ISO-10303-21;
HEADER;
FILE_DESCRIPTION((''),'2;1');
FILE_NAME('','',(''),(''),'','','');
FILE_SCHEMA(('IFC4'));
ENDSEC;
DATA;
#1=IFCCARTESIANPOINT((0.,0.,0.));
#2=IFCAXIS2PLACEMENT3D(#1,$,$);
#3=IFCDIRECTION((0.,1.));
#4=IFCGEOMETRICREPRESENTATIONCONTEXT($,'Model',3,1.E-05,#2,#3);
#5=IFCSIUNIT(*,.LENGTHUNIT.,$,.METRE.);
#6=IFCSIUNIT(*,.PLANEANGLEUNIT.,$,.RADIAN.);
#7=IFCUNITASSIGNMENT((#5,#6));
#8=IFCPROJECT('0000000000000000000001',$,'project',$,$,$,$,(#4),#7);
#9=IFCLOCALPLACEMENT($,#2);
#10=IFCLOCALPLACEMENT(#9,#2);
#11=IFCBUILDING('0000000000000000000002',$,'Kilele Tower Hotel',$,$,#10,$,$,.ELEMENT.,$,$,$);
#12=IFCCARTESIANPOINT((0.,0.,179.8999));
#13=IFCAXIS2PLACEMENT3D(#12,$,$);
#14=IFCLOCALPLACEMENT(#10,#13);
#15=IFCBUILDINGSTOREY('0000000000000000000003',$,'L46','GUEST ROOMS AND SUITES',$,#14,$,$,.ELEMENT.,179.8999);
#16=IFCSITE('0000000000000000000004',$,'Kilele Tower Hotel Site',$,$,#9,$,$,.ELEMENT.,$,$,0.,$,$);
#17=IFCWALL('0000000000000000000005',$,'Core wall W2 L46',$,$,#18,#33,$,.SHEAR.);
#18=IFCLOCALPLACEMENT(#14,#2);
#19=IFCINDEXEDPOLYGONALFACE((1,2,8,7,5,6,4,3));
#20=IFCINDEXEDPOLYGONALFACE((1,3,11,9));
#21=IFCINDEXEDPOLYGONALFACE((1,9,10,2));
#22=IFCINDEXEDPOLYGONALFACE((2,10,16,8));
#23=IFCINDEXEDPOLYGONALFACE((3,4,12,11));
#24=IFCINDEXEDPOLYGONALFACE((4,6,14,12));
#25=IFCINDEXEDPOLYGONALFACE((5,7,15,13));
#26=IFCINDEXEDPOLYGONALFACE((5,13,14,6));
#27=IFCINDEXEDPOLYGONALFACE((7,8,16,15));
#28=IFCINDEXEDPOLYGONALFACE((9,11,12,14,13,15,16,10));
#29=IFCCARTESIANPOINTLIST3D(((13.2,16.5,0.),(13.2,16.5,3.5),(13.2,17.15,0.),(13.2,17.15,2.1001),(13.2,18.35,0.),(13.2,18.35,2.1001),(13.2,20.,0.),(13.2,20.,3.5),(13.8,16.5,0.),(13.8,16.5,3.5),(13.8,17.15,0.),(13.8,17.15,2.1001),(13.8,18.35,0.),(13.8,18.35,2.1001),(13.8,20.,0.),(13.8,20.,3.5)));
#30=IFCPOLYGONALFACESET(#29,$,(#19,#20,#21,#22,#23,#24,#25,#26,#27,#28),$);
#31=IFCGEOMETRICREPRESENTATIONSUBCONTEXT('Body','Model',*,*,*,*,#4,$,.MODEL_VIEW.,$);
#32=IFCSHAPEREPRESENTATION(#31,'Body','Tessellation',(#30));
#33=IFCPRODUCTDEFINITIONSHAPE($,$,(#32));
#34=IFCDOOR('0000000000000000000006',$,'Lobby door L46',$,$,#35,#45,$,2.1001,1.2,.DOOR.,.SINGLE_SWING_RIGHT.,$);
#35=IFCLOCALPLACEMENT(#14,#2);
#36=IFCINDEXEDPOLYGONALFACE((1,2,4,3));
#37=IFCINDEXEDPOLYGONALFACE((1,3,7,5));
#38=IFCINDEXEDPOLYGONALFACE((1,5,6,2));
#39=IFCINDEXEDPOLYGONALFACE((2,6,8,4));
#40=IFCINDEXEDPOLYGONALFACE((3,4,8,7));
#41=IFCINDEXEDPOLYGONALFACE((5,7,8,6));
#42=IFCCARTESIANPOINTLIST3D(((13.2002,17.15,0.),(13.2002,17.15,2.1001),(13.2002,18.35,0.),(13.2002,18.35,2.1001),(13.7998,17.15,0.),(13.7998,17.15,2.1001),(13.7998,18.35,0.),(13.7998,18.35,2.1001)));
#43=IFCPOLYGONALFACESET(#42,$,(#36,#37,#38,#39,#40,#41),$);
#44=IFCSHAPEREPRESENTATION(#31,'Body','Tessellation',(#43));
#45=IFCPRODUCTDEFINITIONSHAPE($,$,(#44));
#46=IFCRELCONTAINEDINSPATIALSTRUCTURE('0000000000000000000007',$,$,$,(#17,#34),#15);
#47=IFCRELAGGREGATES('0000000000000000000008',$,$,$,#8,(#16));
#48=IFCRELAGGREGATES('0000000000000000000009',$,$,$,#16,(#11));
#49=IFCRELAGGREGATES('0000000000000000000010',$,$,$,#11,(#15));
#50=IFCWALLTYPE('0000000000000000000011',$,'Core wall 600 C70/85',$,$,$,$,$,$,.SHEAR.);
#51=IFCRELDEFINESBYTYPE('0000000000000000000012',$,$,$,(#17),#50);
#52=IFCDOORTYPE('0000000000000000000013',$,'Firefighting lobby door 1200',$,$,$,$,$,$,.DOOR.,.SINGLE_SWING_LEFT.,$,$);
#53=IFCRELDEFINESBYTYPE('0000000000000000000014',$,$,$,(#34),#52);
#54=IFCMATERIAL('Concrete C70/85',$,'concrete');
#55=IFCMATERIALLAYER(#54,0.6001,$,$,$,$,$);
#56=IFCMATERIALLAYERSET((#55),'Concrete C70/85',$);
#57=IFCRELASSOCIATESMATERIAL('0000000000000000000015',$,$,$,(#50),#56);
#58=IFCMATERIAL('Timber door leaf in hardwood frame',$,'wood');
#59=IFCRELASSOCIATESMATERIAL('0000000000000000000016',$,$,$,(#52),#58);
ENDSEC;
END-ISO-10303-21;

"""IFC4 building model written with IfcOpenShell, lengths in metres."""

from ifc_helpers import new_model, si_unit, direction, frame, frame_2d, origin, place, context, subcontext, project, spatial, rectangle, extrude, material, layer, layer_set, type_object, element, fill, save


model = new_model("IFC4")

# Units and contexts
model_context = context("Model", 3, precision=1e-05, world=origin(), true_north=direction((0.0, 1.0)))
body_context = subcontext(model_context, "Body", "Model", "MODEL_VIEW")
ifc_project = project(units=[si_unit("LENGTHUNIT", "METRE"), si_unit("PLANEANGLEUNIT", "RADIAN")], contexts=[model_context])

# Site, building, storey
site_placement = place(None, origin())
site = spatial("IfcSite", under=ifc_project, at=site_placement, Name="Kilele Tower Hotel Site", CompositionType="ELEMENT", RefElevation=0.0)
building_placement = place(site_placement, origin())
building = spatial("IfcBuilding", under=site, at=building_placement, Name="Kilele Tower Hotel", CompositionType="ELEMENT")
storey_placement = place(building_placement, frame((0.0, 0.0, 179.8999)))
storey = spatial("IfcBuildingStorey", under=building, at=storey_placement, Name="L46", Description="GUEST ROOMS AND SUITES", CompositionType="ELEMENT", Elevation=179.8999)

# Shared definitions
ifc_material_1 = material(Name="Concrete C70/85", Category="concrete")
ifc_layer = layer(ifc_material_1, 0.6001)
ifc_layer_set = layer_set([ifc_layer], Name="Concrete C70/85")
wall_type = type_object("IfcWallType", Name="Core wall 600 C70/85", PredefinedType="SHEAR", material=ifc_layer_set)
ifc_material_2 = material(Name="Timber door leaf in hardwood frame", Category="wood")
door_type_1 = type_object("IfcDoorType", Name="Firefighting lobby door 1200", OperationType="SINGLE_SWING_LEFT", PredefinedType="DOOR", material=ifc_material_2)

# Wall, opening, door
wall_1_placement = place(storey_placement, frame((13.5, 20.0, 0.0), z_axis=(0.0, 0.0, 1.0), x_axis=(0.0, -1.0, 0.0)))
wall_1 = element("IfcWall", 1, at=wall_1_placement, inside=storey, type_object=wall_type, Name="Core wall W2 L46", PredefinedType="SHEAR", context=body_context, shape_type="SweptSolid", body=[
    extrude(rectangle(XDim=3.5, YDim=0.6001, at=frame_2d((1.75, 0.0))), origin(), (0.0, 0.0, 1.0), 3.5),
])
opening_1_placement = place(wall_1_placement, frame((1.6499, 0.0, 0.0)))
opening_1 = element("IfcOpeningElement", 2, at=opening_1_placement, cuts=wall_1, PredefinedType="OPENING", context=body_context, shape_type="SweptSolid", body=[
    extrude(rectangle(XDim=1.2, YDim=2.1001, at=frame_2d((0.6001, 1.05))), frame((0.0, 0.3101, 0.0), z_axis=(0.0, -1.0, 0.0), x_axis=(1.0, 0.0, 0.0)), (0.0, 0.0, 1.0), 0.6201),
])
door_1_placement = place(opening_1_placement, origin())
door_1 = element("IfcDoor", 3, at=door_1_placement, inside=storey, type_object=door_type_1, Name="Lobby door L46", OperationType="SINGLE_SWING_RIGHT", OverallHeight=2.1001, OverallWidth=1.2, PredefinedType="DOOR", context=body_context, shape_type="SweptSolid", body=[
    extrude(rectangle(XDim=1.2, YDim=2.1001, at=frame_2d((0.6001, 1.05))), frame((0.0, 0.2998, 0.0), z_axis=(0.0, -1.0, 0.0), x_axis=(1.0, 0.0, 0.0)), (0.0, 0.0, 1.0), 0.5996),
])
fill(opening_1, door_1)

save(model, "model.ifc")
